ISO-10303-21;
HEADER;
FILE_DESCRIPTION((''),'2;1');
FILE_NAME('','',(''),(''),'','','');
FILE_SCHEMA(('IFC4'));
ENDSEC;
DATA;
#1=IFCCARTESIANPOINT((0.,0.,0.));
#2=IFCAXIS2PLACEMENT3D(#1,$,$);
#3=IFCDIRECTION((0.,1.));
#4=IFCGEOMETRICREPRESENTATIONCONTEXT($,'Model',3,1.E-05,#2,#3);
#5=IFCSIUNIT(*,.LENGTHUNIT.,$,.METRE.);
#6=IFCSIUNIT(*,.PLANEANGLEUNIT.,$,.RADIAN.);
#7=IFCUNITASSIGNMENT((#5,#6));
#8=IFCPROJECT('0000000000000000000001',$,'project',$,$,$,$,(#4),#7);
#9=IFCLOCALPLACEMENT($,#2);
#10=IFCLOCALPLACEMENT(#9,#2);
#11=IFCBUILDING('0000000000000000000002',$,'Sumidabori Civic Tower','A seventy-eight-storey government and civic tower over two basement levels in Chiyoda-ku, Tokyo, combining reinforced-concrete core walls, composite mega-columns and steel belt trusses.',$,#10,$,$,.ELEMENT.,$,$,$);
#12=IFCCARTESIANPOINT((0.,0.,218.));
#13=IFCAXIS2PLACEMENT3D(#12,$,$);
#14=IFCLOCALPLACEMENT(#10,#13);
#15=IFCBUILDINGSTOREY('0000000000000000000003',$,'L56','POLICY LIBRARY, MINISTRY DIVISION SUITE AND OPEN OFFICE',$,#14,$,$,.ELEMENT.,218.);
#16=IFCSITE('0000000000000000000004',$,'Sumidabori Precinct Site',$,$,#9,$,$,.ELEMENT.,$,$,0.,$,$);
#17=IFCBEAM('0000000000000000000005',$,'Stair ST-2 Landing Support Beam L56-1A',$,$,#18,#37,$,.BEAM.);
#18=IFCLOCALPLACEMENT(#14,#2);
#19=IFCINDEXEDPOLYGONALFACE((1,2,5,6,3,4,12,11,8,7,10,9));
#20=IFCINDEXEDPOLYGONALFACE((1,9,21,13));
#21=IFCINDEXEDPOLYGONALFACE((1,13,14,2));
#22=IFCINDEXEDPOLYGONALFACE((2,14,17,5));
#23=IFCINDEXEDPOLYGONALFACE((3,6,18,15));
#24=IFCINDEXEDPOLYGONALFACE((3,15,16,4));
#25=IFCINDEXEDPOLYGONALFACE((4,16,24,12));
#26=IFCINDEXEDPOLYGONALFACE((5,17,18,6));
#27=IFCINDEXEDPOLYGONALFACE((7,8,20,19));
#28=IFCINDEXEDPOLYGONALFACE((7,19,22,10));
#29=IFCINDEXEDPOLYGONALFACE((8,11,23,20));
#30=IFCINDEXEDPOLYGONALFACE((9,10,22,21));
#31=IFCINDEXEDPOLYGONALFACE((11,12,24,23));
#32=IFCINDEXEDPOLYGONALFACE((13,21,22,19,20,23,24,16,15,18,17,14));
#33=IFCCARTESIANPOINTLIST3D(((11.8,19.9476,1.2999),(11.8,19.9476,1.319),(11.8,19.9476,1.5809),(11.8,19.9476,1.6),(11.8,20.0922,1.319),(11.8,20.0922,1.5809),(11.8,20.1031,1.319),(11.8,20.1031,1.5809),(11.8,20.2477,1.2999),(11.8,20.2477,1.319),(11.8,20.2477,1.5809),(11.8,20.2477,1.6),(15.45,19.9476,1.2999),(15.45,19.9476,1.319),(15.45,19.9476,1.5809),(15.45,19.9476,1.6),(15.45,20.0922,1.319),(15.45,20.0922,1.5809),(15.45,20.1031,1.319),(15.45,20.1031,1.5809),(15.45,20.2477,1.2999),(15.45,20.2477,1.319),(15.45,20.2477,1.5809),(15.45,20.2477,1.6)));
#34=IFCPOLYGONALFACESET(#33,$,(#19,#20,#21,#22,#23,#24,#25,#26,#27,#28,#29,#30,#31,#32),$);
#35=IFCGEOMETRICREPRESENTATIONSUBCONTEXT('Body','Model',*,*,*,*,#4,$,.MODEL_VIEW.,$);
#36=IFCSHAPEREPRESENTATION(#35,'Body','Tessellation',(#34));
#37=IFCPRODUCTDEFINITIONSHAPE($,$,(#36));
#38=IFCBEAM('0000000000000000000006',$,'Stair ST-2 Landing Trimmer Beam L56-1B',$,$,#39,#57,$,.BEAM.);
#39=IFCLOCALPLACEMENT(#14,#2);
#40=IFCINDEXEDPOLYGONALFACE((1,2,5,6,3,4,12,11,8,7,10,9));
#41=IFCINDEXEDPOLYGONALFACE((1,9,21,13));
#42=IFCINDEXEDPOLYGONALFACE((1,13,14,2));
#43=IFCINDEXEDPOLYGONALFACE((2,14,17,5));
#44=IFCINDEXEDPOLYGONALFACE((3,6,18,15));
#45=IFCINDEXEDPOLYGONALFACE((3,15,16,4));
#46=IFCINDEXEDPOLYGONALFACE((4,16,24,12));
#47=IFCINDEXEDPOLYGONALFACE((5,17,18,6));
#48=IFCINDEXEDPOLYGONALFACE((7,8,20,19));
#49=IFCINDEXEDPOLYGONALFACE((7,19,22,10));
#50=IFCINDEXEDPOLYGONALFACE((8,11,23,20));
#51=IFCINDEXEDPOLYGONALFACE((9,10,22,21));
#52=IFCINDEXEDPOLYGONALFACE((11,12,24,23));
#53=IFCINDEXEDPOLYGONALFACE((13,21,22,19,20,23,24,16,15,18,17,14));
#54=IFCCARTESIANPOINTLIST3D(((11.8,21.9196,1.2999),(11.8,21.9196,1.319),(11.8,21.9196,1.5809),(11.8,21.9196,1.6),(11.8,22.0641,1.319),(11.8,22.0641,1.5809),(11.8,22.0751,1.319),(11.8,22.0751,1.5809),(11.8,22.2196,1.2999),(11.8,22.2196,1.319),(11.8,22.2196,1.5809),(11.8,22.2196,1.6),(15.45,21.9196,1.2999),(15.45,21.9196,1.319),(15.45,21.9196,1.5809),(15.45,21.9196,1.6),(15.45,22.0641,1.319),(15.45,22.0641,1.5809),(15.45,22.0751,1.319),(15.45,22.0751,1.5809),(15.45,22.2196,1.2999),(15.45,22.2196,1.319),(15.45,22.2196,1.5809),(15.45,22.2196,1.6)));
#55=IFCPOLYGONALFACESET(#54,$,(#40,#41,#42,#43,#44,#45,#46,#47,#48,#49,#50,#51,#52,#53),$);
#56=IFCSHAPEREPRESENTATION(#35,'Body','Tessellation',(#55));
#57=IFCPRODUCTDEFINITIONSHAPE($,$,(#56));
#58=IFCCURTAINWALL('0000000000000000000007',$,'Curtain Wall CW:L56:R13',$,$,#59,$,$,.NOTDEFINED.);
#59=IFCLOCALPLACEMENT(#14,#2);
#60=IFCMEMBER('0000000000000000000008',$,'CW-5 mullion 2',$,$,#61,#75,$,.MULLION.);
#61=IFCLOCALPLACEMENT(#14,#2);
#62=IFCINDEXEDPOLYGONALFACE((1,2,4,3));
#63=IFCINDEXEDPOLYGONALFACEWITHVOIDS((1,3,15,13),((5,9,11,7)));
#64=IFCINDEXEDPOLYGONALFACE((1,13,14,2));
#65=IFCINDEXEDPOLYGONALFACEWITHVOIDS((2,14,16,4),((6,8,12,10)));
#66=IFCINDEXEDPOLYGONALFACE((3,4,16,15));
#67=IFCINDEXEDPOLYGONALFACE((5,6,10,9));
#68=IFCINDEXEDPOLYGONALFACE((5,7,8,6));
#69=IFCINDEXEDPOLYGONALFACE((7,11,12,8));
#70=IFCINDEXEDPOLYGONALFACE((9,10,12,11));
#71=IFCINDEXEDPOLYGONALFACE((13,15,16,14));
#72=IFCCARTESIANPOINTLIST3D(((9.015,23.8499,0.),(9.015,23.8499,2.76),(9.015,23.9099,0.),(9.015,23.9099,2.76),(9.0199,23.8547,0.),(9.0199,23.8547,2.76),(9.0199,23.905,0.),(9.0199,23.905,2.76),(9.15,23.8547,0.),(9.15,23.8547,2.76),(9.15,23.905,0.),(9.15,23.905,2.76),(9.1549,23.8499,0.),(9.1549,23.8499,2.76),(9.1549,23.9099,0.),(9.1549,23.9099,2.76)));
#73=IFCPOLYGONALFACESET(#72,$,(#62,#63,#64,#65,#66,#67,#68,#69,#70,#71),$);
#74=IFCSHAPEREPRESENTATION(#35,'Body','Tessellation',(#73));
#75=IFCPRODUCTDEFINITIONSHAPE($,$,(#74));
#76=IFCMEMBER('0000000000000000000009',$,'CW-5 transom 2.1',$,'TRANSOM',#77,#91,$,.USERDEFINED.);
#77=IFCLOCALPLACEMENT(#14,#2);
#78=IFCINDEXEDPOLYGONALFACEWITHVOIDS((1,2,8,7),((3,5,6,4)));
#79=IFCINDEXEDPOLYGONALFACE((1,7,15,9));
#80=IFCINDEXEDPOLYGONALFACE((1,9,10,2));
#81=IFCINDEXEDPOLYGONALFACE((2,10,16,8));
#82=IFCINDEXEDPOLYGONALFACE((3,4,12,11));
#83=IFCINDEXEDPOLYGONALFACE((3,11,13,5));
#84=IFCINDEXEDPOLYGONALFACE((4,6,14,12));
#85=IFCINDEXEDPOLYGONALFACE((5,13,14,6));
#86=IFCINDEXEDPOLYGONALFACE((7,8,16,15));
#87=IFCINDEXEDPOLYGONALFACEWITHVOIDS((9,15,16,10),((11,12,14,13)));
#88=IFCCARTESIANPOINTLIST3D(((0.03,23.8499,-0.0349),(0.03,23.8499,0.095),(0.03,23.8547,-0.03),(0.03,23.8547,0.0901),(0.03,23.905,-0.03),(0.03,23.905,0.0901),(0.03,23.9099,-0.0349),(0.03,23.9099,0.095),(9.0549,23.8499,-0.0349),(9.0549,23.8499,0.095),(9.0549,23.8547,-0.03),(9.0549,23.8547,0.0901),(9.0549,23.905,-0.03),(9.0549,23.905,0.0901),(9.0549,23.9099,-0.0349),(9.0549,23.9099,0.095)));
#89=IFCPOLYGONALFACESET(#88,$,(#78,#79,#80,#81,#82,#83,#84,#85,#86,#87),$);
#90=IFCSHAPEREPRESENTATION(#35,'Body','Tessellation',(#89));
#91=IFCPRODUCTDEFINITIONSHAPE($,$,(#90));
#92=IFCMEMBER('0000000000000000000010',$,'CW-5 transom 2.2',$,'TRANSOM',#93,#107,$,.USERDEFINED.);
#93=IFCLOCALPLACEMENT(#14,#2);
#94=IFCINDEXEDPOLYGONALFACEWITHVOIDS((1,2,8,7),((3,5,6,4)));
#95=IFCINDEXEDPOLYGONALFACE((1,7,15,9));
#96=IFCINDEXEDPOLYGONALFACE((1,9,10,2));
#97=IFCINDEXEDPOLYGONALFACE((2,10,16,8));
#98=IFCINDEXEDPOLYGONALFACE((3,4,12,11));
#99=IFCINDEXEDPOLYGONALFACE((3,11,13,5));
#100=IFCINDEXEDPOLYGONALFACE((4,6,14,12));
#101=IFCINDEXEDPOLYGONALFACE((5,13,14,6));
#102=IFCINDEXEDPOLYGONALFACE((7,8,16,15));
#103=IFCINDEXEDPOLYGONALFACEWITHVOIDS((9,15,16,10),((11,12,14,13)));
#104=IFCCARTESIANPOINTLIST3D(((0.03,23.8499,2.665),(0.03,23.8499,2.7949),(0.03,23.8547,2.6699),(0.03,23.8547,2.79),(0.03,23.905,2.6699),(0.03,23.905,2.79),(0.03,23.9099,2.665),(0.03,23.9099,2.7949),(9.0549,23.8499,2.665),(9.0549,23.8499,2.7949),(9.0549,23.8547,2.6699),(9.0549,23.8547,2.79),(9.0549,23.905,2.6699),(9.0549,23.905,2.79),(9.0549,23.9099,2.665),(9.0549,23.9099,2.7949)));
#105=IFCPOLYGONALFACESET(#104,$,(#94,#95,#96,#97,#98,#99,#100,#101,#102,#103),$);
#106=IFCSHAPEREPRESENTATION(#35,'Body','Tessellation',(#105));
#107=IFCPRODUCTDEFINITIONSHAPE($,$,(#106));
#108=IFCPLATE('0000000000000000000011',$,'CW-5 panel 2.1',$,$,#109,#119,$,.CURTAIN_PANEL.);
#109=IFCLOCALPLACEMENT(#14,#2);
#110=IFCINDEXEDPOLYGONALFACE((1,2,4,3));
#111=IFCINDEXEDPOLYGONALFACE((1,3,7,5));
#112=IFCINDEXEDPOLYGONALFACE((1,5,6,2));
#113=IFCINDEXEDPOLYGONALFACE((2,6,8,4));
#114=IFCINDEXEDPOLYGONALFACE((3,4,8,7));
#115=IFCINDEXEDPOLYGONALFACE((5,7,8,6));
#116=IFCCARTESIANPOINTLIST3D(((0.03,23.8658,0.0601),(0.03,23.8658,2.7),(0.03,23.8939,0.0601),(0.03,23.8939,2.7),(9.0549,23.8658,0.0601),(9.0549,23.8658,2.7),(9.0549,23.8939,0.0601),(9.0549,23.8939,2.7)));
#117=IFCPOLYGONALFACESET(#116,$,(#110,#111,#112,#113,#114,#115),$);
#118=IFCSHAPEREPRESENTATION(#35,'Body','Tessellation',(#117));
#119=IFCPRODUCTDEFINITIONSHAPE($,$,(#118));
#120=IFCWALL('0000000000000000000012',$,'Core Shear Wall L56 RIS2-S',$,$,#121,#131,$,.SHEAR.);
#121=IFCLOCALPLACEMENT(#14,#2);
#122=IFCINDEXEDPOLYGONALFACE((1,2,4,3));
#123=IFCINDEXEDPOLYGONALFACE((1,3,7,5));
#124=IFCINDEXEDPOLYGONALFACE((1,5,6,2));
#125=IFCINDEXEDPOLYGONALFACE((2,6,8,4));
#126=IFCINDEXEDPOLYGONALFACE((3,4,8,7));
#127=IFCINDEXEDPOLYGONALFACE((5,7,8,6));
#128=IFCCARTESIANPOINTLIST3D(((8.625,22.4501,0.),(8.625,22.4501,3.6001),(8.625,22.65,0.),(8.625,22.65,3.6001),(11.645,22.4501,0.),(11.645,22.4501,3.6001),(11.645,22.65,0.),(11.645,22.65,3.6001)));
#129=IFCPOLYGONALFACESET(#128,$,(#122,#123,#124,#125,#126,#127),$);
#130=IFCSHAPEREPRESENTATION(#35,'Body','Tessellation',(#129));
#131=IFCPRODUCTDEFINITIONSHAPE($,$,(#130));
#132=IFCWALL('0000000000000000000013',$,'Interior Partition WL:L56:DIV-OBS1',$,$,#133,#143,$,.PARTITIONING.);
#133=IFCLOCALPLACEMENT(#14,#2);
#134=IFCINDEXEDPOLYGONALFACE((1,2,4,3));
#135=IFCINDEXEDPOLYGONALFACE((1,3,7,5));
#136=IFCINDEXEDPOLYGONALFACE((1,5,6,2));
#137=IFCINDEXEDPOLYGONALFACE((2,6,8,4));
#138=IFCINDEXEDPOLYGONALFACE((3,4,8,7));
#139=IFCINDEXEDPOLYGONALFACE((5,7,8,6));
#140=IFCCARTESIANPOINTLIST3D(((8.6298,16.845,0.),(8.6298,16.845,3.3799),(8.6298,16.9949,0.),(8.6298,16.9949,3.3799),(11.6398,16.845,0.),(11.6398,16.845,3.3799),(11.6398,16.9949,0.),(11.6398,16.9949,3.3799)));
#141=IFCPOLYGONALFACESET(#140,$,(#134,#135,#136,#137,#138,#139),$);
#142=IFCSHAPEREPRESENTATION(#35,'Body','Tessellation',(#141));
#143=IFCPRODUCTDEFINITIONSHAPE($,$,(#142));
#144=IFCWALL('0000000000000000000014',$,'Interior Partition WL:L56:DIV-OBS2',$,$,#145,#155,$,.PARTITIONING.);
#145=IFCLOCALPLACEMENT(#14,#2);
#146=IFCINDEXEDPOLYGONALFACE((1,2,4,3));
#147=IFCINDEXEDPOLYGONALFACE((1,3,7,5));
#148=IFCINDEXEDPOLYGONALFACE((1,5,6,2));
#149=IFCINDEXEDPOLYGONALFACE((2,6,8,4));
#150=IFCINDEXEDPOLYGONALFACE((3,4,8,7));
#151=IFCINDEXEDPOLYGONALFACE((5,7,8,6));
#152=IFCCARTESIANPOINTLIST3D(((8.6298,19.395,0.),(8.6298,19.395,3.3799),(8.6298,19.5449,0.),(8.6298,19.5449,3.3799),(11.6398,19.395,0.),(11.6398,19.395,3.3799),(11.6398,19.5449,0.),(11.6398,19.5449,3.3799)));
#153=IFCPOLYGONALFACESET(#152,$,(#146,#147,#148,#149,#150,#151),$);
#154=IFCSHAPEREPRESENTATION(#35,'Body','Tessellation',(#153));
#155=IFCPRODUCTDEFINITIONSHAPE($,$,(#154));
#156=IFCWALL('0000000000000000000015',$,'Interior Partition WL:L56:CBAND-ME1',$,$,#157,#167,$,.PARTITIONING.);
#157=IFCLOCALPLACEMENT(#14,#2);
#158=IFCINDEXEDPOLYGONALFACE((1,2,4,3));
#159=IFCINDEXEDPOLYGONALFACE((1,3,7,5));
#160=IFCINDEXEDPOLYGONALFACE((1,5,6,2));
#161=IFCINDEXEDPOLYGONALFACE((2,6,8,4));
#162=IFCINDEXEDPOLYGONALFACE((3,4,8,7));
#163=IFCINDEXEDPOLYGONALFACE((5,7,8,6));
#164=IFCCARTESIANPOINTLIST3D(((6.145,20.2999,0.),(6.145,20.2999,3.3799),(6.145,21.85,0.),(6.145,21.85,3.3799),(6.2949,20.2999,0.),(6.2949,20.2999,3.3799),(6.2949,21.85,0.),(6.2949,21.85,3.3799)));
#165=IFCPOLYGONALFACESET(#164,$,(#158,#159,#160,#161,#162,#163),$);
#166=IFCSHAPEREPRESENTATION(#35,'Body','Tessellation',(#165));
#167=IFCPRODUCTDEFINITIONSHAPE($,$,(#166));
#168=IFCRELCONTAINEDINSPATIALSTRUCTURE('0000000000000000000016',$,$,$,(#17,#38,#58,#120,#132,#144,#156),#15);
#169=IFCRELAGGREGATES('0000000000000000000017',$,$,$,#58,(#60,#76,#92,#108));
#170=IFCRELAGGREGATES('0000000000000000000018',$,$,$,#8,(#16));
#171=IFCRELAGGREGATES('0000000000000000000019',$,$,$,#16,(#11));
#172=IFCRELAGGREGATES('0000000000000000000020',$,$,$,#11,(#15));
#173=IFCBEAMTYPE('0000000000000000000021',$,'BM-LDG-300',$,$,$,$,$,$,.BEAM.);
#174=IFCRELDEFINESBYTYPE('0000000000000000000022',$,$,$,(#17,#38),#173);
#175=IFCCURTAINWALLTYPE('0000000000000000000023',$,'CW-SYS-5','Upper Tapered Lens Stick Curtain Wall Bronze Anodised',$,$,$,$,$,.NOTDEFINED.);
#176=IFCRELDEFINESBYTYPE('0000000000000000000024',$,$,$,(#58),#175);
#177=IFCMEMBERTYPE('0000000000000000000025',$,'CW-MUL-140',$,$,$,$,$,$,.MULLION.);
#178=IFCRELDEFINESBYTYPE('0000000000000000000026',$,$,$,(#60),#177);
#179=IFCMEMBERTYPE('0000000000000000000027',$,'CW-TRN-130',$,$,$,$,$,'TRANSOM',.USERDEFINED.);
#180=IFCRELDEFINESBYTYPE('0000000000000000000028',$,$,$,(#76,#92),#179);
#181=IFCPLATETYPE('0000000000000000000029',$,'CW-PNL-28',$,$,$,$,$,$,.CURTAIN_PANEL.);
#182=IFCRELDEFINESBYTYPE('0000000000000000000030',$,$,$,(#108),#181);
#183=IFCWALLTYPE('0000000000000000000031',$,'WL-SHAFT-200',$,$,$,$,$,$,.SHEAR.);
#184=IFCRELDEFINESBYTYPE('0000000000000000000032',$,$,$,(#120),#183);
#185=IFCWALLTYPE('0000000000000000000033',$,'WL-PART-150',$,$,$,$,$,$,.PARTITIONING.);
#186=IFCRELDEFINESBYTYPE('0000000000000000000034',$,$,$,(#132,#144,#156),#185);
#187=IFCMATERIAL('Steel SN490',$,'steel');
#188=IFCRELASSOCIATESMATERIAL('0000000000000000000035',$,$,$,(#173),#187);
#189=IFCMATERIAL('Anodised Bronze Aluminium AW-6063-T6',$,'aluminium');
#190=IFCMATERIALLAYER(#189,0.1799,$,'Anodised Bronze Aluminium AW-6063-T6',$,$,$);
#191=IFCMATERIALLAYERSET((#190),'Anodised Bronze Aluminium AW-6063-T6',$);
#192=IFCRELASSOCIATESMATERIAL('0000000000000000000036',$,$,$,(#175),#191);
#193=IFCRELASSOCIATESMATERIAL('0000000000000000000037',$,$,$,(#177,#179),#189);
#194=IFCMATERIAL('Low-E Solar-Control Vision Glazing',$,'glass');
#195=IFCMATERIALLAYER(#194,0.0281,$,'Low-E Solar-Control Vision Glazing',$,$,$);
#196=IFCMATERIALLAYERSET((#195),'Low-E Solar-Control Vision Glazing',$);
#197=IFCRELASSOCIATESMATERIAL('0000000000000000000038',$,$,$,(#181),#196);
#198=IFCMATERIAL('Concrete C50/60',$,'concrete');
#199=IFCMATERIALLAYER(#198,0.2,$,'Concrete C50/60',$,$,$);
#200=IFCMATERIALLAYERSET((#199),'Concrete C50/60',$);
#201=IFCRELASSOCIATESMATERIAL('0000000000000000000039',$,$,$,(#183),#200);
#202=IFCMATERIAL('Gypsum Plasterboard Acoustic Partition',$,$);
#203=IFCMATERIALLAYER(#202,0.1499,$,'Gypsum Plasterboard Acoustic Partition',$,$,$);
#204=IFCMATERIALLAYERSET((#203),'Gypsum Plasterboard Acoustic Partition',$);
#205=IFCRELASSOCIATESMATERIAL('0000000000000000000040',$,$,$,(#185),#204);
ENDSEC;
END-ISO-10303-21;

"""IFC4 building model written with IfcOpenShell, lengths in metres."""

from ifc_helpers import new_model, si_unit, direction, frame, frame_2d, origin, origin_2d, place, context, subcontext, project, spatial, rectangle, hollow_rectangle, i_section, extrude, source, transform, mapped, material, layer, layer_set, material_profile, profile_set, type_object, element, aggregate, save


model = new_model("IFC4")

# Units and contexts
model_context = context("Model", 3, precision=1e-05, world=origin(), true_north=direction((0.0, 1.0)))
body_context = subcontext(model_context, "Body", "Model", "MODEL_VIEW")
ifc_project = project(units=[si_unit("LENGTHUNIT", "METRE"), si_unit("PLANEANGLEUNIT", "RADIAN")], contexts=[model_context])

# Site, building, storey
site_placement = place(None, origin())
site = spatial("IfcSite", under=ifc_project, at=site_placement, Name="Sumidabori Precinct Site", CompositionType="ELEMENT", RefElevation=0.0)
building_placement = place(site_placement, origin())
building = spatial("IfcBuilding", under=site, at=building_placement, Name="Sumidabori Civic Tower", Description="A seventy-eight-storey government and civic tower over two basement levels in Chiyoda-ku, Tokyo, combining reinforced-concrete core walls, composite mega-columns and steel belt trusses.", CompositionType="ELEMENT")
storey_placement = place(building_placement, frame((0.0, 0.0, 218.0)))
storey = spatial("IfcBuildingStorey", under=building, at=storey_placement, Name="L56", Description="POLICY LIBRARY, MINISTRY DIVISION SUITE AND OPEN OFFICE", CompositionType="ELEMENT", Elevation=218.0)

# Beams
ifc_material_1 = material(Name="Steel SN490", Category="steel")
ifc_material_profile_1 = material_profile(ifc_material_1, i_section(OverallWidth=0.3, OverallDepth=0.3, WebThickness=0.011, FlangeThickness=0.019, at=origin_2d()), Name="HE 300 B")
ifc_profile_set_1 = profile_set([ifc_material_profile_1], Name="Steel SN490")
beam_type = type_object("IfcBeamType", Name="BM-LDG-300", PredefinedType="BEAM", material=ifc_profile_set_1)
shared_shape_1 = source(origin(), body_context, "Body", "SweptSolid", [
    extrude(i_section(OverallWidth=0.3, OverallDepth=0.3, WebThickness=0.011, FlangeThickness=0.019, at=origin_2d()), origin(), (0.0, 0.0, 1.0), 3.6499),
])
for number, where, z_axis, x_axis, name in (
    (1, (11.8, 20.0977, 1.45), (1.0, 0.0, 0.0), (0.0, 1.0, 0.0), "Stair ST-2 Landing Support Beam L56-1A"),
    (2, (11.8, 22.0696, 1.45), (1.0, 0.0, 0.0), (0.0, 1.0, 0.0), "Stair ST-2 Landing Trimmer Beam L56-1B"),
):
    element("IfcBeam", number, at=place(storey_placement, frame(where, z_axis=z_axis, x_axis=x_axis)), inside=storey, type_object=beam_type, Name=name, PredefinedType="BEAM", context=body_context, shape_type="MappedRepresentation", body=[
        mapped(shared_shape_1, transform((0.0, 0.0, 0.0), x_axis=(1.0, 0.0, 0.0), y_axis=(0.0, 1.0, 0.0), z_axis=(0.0, 0.0, 1.0), scale=1.0)),
    ])

# Curtain wall, members, plate
ifc_material_2 = material(Name="Anodised Bronze Aluminium AW-6063-T6", Category="aluminium")
ifc_layer_1 = layer(ifc_material_2, 0.1799, Name="Anodised Bronze Aluminium AW-6063-T6")
ifc_layer_set_1 = layer_set([ifc_layer_1], Name="Anodised Bronze Aluminium AW-6063-T6")
curtain_wall_type = type_object("IfcCurtainWallType", Name="CW-SYS-5", Description="Upper Tapered Lens Stick Curtain Wall Bronze Anodised", PredefinedType="NOTDEFINED", material=ifc_layer_set_1)
curtain_wall_placement = place(storey_placement, origin())
curtain_wall = element("IfcCurtainWall", 3, at=curtain_wall_placement, inside=storey, type_object=curtain_wall_type, Name="Curtain Wall CW:L56:R13", PredefinedType="NOTDEFINED")
ifc_material_profile_2 = material_profile(ifc_material_2, hollow_rectangle(XDim=0.0601, YDim=0.1399, WallThickness=0.0049, at=origin_2d()), Name="ALU MULLION 140x60")
ifc_profile_set_2 = profile_set([ifc_material_profile_2], Name="Anodised Bronze Aluminium AW-6063-T6")
member_type_1 = type_object("IfcMemberType", Name="CW-MUL-140", PredefinedType="MULLION", material=ifc_profile_set_2)
shared_shape_2 = source(origin(), body_context, "Body", "SweptSolid", [
    extrude(hollow_rectangle(XDim=0.0601, YDim=0.1399, WallThickness=0.0049, at=origin_2d()), origin(), (0.0, 0.0, 1.0), 2.76),
])
member_1_placement = place(storey_placement, frame((9.085, 23.8799, 0.0), z_axis=(0.0, 0.0, 1.0), x_axis=(0.0, -1.0, 0.0)))
member_1 = element("IfcMember", 4, at=member_1_placement, type_object=member_type_1, Name="CW-5 mullion 2", PredefinedType="MULLION", context=body_context, shape_type="MappedRepresentation", body=[
    mapped(shared_shape_2, transform((0.0, 0.0, 0.0), x_axis=(1.0, 0.0, 0.0), y_axis=(0.0, 1.0, 0.0), z_axis=(0.0, 0.0, 1.0), scale=1.0)),
])
ifc_material_profile_3 = material_profile(ifc_material_2, hollow_rectangle(XDim=0.0601, YDim=0.1299, WallThickness=0.0049, at=origin_2d()), Name="ALU TRANSOM 130x60")
ifc_profile_set_3 = profile_set([ifc_material_profile_3], Name="Anodised Bronze Aluminium AW-6063-T6")
member_type_2 = type_object("IfcMemberType", Name="CW-TRN-130", ElementType="TRANSOM", PredefinedType="USERDEFINED", material=ifc_profile_set_3)
shared_shape_3 = source(origin(), body_context, "Body", "SweptSolid", [
    extrude(hollow_rectangle(XDim=0.0601, YDim=0.1299, WallThickness=0.0049, at=origin_2d()), origin(), (0.0, 0.0, 1.0), 9.0249),
])
member_2_placement = place(storey_placement, frame((9.0549, 23.8799, 0.03), z_axis=(-1.0, 0.0, 0.0), x_axis=(0.0, -1.0, 0.0)))
member_2 = element("IfcMember", 5, at=member_2_placement, type_object=member_type_2, Name="CW-5 transom 2.1", ObjectType="TRANSOM", PredefinedType="USERDEFINED", context=body_context, shape_type="MappedRepresentation", body=[
    mapped(shared_shape_3, transform((0.0, 0.0, 0.0), x_axis=(1.0, 0.0, 0.0), y_axis=(0.0, 1.0, 0.0), z_axis=(0.0, 0.0, 1.0), scale=1.0)),
])
member_3_placement = place(storey_placement, frame((9.0549, 23.8799, 2.73), z_axis=(-1.0, 0.0, 0.0), x_axis=(0.0, -1.0, 0.0)))
member_3 = element("IfcMember", 6, at=member_3_placement, type_object=member_type_2, Name="CW-5 transom 2.2", ObjectType="TRANSOM", PredefinedType="USERDEFINED", context=body_context, shape_type="MappedRepresentation", body=[
    mapped(shared_shape_3, transform((0.0, 0.0, 0.0), x_axis=(1.0, 0.0, 0.0), y_axis=(0.0, 1.0, 0.0), z_axis=(0.0, 0.0, 1.0), scale=1.0)),
])
ifc_material_3 = material(Name="Low-E Solar-Control Vision Glazing", Category="glass")
ifc_layer_2 = layer(ifc_material_3, 0.0281, Name="Low-E Solar-Control Vision Glazing")
ifc_layer_set_2 = layer_set([ifc_layer_2], Name="Low-E Solar-Control Vision Glazing")
plate_type = type_object("IfcPlateType", Name="CW-PNL-28", PredefinedType="CURTAIN_PANEL", material=ifc_layer_set_2)
shared_shape_4 = source(origin(), body_context, "Body", "SweptSolid", [
    extrude(rectangle(XDim=9.0249, YDim=0.0281, at=origin_2d()), origin(), (0.0, 0.0, 1.0), 2.6399),
])
plate_placement = place(storey_placement, frame((4.5425, 23.8799, 0.0601), z_axis=(0.0, 0.0, 1.0), x_axis=(-1.0, 0.0, 0.0)))
plate = element("IfcPlate", 7, at=plate_placement, type_object=plate_type, Name="CW-5 panel 2.1", PredefinedType="CURTAIN_PANEL", context=body_context, shape_type="MappedRepresentation", body=[
    mapped(shared_shape_4, transform((0.0, 0.0, 0.0), x_axis=(1.0, 0.0, 0.0), y_axis=(0.0, 1.0, 0.0), z_axis=(0.0, 0.0, 1.0), scale=1.0)),
])
aggregate(curtain_wall, [member_1, member_2, member_3, plate])

# Walls
ifc_material_4 = material(Name="Concrete C50/60", Category="concrete")
ifc_layer_3 = layer(ifc_material_4, 0.2, Name="Concrete C50/60")
ifc_layer_set_3 = layer_set([ifc_layer_3], Name="Concrete C50/60")
wall_type_1 = type_object("IfcWallType", Name="WL-SHAFT-200", PredefinedType="SHEAR", material=ifc_layer_set_3)
shared_shape_5 = source(origin(), body_context, "Body", "SweptSolid", [
    extrude(rectangle(XDim=3.02, YDim=0.2, at=frame_2d((1.51, 0.0))), origin(), (0.0, 0.0, 1.0), 3.6001),
])
wall_1_placement = place(storey_placement, frame((8.625, 22.55, 0.0), z_axis=(0.0, 0.0, 1.0), x_axis=(1.0, 0.0, 0.0)))
element("IfcWall", 8, at=wall_1_placement, inside=storey, type_object=wall_type_1, Name="Core Shear Wall L56 RIS2-S", PredefinedType="SHEAR", context=body_context, shape_type="MappedRepresentation", body=[
    mapped(shared_shape_5, transform((0.0, 0.0, 0.0), x_axis=(1.0, 0.0, 0.0), y_axis=(0.0, 1.0, 0.0), z_axis=(0.0, 0.0, 1.0), scale=1.0)),
])
ifc_material_5 = material(Name="Gypsum Plasterboard Acoustic Partition")
ifc_layer_4 = layer(ifc_material_5, 0.1499, Name="Gypsum Plasterboard Acoustic Partition")
ifc_layer_set_4 = layer_set([ifc_layer_4], Name="Gypsum Plasterboard Acoustic Partition")
wall_type_2 = type_object("IfcWallType", Name="WL-PART-150", PredefinedType="PARTITIONING", material=ifc_layer_set_4)
shared_shape_6 = source(origin(), body_context, "Body", "SweptSolid", [
    extrude(rectangle(XDim=3.01, YDim=0.1499, at=frame_2d((1.5049, 0.0))), origin(), (0.0, 0.0, 1.0), 3.3799),
])
for number, where, z_axis, x_axis, name in (
    (9, (8.6299, 16.9199, 0.0), (0.0, 0.0, 1.0), (1.0, 0.0, 0.0), "Interior Partition WL:L56:DIV-OBS1"),
    (10, (8.6299, 19.47, 0.0), (0.0, 0.0, 1.0), (1.0, 0.0, 0.0), "Interior Partition WL:L56:DIV-OBS2"),
):
    element("IfcWall", number, at=place(storey_placement, frame(where, z_axis=z_axis, x_axis=x_axis)), inside=storey, type_object=wall_type_2, Name=name, PredefinedType="PARTITIONING", context=body_context, shape_type="MappedRepresentation", body=[
        mapped(shared_shape_6, transform((0.0, 0.0, 0.0), x_axis=(1.0, 0.0, 0.0), y_axis=(0.0, 1.0, 0.0), z_axis=(0.0, 0.0, 1.0), scale=1.0)),
    ])
shared_shape_7 = source(origin(), body_context, "Body", "SweptSolid", [
    extrude(rectangle(XDim=1.55, YDim=0.1499, at=frame_2d((0.7749, 0.0))), origin(), (0.0, 0.0, 1.0), 3.3799),
])
wall_2_placement = place(storey_placement, frame((6.22, 20.3, 0.0), z_axis=(0.0, 0.0, 1.0), x_axis=(0.0, 1.0, 0.0)))
element("IfcWall", 11, at=wall_2_placement, inside=storey, type_object=wall_type_2, Name="Interior Partition WL:L56:CBAND-ME1", PredefinedType="PARTITIONING", context=body_context, shape_type="MappedRepresentation", body=[
    mapped(shared_shape_7, transform((0.0, 0.0, 0.0), x_axis=(1.0, 0.0, 0.0), y_axis=(0.0, 1.0, 0.0), z_axis=(0.0, 0.0, 1.0), scale=1.0)),
])

save(model, "model.ifc")
